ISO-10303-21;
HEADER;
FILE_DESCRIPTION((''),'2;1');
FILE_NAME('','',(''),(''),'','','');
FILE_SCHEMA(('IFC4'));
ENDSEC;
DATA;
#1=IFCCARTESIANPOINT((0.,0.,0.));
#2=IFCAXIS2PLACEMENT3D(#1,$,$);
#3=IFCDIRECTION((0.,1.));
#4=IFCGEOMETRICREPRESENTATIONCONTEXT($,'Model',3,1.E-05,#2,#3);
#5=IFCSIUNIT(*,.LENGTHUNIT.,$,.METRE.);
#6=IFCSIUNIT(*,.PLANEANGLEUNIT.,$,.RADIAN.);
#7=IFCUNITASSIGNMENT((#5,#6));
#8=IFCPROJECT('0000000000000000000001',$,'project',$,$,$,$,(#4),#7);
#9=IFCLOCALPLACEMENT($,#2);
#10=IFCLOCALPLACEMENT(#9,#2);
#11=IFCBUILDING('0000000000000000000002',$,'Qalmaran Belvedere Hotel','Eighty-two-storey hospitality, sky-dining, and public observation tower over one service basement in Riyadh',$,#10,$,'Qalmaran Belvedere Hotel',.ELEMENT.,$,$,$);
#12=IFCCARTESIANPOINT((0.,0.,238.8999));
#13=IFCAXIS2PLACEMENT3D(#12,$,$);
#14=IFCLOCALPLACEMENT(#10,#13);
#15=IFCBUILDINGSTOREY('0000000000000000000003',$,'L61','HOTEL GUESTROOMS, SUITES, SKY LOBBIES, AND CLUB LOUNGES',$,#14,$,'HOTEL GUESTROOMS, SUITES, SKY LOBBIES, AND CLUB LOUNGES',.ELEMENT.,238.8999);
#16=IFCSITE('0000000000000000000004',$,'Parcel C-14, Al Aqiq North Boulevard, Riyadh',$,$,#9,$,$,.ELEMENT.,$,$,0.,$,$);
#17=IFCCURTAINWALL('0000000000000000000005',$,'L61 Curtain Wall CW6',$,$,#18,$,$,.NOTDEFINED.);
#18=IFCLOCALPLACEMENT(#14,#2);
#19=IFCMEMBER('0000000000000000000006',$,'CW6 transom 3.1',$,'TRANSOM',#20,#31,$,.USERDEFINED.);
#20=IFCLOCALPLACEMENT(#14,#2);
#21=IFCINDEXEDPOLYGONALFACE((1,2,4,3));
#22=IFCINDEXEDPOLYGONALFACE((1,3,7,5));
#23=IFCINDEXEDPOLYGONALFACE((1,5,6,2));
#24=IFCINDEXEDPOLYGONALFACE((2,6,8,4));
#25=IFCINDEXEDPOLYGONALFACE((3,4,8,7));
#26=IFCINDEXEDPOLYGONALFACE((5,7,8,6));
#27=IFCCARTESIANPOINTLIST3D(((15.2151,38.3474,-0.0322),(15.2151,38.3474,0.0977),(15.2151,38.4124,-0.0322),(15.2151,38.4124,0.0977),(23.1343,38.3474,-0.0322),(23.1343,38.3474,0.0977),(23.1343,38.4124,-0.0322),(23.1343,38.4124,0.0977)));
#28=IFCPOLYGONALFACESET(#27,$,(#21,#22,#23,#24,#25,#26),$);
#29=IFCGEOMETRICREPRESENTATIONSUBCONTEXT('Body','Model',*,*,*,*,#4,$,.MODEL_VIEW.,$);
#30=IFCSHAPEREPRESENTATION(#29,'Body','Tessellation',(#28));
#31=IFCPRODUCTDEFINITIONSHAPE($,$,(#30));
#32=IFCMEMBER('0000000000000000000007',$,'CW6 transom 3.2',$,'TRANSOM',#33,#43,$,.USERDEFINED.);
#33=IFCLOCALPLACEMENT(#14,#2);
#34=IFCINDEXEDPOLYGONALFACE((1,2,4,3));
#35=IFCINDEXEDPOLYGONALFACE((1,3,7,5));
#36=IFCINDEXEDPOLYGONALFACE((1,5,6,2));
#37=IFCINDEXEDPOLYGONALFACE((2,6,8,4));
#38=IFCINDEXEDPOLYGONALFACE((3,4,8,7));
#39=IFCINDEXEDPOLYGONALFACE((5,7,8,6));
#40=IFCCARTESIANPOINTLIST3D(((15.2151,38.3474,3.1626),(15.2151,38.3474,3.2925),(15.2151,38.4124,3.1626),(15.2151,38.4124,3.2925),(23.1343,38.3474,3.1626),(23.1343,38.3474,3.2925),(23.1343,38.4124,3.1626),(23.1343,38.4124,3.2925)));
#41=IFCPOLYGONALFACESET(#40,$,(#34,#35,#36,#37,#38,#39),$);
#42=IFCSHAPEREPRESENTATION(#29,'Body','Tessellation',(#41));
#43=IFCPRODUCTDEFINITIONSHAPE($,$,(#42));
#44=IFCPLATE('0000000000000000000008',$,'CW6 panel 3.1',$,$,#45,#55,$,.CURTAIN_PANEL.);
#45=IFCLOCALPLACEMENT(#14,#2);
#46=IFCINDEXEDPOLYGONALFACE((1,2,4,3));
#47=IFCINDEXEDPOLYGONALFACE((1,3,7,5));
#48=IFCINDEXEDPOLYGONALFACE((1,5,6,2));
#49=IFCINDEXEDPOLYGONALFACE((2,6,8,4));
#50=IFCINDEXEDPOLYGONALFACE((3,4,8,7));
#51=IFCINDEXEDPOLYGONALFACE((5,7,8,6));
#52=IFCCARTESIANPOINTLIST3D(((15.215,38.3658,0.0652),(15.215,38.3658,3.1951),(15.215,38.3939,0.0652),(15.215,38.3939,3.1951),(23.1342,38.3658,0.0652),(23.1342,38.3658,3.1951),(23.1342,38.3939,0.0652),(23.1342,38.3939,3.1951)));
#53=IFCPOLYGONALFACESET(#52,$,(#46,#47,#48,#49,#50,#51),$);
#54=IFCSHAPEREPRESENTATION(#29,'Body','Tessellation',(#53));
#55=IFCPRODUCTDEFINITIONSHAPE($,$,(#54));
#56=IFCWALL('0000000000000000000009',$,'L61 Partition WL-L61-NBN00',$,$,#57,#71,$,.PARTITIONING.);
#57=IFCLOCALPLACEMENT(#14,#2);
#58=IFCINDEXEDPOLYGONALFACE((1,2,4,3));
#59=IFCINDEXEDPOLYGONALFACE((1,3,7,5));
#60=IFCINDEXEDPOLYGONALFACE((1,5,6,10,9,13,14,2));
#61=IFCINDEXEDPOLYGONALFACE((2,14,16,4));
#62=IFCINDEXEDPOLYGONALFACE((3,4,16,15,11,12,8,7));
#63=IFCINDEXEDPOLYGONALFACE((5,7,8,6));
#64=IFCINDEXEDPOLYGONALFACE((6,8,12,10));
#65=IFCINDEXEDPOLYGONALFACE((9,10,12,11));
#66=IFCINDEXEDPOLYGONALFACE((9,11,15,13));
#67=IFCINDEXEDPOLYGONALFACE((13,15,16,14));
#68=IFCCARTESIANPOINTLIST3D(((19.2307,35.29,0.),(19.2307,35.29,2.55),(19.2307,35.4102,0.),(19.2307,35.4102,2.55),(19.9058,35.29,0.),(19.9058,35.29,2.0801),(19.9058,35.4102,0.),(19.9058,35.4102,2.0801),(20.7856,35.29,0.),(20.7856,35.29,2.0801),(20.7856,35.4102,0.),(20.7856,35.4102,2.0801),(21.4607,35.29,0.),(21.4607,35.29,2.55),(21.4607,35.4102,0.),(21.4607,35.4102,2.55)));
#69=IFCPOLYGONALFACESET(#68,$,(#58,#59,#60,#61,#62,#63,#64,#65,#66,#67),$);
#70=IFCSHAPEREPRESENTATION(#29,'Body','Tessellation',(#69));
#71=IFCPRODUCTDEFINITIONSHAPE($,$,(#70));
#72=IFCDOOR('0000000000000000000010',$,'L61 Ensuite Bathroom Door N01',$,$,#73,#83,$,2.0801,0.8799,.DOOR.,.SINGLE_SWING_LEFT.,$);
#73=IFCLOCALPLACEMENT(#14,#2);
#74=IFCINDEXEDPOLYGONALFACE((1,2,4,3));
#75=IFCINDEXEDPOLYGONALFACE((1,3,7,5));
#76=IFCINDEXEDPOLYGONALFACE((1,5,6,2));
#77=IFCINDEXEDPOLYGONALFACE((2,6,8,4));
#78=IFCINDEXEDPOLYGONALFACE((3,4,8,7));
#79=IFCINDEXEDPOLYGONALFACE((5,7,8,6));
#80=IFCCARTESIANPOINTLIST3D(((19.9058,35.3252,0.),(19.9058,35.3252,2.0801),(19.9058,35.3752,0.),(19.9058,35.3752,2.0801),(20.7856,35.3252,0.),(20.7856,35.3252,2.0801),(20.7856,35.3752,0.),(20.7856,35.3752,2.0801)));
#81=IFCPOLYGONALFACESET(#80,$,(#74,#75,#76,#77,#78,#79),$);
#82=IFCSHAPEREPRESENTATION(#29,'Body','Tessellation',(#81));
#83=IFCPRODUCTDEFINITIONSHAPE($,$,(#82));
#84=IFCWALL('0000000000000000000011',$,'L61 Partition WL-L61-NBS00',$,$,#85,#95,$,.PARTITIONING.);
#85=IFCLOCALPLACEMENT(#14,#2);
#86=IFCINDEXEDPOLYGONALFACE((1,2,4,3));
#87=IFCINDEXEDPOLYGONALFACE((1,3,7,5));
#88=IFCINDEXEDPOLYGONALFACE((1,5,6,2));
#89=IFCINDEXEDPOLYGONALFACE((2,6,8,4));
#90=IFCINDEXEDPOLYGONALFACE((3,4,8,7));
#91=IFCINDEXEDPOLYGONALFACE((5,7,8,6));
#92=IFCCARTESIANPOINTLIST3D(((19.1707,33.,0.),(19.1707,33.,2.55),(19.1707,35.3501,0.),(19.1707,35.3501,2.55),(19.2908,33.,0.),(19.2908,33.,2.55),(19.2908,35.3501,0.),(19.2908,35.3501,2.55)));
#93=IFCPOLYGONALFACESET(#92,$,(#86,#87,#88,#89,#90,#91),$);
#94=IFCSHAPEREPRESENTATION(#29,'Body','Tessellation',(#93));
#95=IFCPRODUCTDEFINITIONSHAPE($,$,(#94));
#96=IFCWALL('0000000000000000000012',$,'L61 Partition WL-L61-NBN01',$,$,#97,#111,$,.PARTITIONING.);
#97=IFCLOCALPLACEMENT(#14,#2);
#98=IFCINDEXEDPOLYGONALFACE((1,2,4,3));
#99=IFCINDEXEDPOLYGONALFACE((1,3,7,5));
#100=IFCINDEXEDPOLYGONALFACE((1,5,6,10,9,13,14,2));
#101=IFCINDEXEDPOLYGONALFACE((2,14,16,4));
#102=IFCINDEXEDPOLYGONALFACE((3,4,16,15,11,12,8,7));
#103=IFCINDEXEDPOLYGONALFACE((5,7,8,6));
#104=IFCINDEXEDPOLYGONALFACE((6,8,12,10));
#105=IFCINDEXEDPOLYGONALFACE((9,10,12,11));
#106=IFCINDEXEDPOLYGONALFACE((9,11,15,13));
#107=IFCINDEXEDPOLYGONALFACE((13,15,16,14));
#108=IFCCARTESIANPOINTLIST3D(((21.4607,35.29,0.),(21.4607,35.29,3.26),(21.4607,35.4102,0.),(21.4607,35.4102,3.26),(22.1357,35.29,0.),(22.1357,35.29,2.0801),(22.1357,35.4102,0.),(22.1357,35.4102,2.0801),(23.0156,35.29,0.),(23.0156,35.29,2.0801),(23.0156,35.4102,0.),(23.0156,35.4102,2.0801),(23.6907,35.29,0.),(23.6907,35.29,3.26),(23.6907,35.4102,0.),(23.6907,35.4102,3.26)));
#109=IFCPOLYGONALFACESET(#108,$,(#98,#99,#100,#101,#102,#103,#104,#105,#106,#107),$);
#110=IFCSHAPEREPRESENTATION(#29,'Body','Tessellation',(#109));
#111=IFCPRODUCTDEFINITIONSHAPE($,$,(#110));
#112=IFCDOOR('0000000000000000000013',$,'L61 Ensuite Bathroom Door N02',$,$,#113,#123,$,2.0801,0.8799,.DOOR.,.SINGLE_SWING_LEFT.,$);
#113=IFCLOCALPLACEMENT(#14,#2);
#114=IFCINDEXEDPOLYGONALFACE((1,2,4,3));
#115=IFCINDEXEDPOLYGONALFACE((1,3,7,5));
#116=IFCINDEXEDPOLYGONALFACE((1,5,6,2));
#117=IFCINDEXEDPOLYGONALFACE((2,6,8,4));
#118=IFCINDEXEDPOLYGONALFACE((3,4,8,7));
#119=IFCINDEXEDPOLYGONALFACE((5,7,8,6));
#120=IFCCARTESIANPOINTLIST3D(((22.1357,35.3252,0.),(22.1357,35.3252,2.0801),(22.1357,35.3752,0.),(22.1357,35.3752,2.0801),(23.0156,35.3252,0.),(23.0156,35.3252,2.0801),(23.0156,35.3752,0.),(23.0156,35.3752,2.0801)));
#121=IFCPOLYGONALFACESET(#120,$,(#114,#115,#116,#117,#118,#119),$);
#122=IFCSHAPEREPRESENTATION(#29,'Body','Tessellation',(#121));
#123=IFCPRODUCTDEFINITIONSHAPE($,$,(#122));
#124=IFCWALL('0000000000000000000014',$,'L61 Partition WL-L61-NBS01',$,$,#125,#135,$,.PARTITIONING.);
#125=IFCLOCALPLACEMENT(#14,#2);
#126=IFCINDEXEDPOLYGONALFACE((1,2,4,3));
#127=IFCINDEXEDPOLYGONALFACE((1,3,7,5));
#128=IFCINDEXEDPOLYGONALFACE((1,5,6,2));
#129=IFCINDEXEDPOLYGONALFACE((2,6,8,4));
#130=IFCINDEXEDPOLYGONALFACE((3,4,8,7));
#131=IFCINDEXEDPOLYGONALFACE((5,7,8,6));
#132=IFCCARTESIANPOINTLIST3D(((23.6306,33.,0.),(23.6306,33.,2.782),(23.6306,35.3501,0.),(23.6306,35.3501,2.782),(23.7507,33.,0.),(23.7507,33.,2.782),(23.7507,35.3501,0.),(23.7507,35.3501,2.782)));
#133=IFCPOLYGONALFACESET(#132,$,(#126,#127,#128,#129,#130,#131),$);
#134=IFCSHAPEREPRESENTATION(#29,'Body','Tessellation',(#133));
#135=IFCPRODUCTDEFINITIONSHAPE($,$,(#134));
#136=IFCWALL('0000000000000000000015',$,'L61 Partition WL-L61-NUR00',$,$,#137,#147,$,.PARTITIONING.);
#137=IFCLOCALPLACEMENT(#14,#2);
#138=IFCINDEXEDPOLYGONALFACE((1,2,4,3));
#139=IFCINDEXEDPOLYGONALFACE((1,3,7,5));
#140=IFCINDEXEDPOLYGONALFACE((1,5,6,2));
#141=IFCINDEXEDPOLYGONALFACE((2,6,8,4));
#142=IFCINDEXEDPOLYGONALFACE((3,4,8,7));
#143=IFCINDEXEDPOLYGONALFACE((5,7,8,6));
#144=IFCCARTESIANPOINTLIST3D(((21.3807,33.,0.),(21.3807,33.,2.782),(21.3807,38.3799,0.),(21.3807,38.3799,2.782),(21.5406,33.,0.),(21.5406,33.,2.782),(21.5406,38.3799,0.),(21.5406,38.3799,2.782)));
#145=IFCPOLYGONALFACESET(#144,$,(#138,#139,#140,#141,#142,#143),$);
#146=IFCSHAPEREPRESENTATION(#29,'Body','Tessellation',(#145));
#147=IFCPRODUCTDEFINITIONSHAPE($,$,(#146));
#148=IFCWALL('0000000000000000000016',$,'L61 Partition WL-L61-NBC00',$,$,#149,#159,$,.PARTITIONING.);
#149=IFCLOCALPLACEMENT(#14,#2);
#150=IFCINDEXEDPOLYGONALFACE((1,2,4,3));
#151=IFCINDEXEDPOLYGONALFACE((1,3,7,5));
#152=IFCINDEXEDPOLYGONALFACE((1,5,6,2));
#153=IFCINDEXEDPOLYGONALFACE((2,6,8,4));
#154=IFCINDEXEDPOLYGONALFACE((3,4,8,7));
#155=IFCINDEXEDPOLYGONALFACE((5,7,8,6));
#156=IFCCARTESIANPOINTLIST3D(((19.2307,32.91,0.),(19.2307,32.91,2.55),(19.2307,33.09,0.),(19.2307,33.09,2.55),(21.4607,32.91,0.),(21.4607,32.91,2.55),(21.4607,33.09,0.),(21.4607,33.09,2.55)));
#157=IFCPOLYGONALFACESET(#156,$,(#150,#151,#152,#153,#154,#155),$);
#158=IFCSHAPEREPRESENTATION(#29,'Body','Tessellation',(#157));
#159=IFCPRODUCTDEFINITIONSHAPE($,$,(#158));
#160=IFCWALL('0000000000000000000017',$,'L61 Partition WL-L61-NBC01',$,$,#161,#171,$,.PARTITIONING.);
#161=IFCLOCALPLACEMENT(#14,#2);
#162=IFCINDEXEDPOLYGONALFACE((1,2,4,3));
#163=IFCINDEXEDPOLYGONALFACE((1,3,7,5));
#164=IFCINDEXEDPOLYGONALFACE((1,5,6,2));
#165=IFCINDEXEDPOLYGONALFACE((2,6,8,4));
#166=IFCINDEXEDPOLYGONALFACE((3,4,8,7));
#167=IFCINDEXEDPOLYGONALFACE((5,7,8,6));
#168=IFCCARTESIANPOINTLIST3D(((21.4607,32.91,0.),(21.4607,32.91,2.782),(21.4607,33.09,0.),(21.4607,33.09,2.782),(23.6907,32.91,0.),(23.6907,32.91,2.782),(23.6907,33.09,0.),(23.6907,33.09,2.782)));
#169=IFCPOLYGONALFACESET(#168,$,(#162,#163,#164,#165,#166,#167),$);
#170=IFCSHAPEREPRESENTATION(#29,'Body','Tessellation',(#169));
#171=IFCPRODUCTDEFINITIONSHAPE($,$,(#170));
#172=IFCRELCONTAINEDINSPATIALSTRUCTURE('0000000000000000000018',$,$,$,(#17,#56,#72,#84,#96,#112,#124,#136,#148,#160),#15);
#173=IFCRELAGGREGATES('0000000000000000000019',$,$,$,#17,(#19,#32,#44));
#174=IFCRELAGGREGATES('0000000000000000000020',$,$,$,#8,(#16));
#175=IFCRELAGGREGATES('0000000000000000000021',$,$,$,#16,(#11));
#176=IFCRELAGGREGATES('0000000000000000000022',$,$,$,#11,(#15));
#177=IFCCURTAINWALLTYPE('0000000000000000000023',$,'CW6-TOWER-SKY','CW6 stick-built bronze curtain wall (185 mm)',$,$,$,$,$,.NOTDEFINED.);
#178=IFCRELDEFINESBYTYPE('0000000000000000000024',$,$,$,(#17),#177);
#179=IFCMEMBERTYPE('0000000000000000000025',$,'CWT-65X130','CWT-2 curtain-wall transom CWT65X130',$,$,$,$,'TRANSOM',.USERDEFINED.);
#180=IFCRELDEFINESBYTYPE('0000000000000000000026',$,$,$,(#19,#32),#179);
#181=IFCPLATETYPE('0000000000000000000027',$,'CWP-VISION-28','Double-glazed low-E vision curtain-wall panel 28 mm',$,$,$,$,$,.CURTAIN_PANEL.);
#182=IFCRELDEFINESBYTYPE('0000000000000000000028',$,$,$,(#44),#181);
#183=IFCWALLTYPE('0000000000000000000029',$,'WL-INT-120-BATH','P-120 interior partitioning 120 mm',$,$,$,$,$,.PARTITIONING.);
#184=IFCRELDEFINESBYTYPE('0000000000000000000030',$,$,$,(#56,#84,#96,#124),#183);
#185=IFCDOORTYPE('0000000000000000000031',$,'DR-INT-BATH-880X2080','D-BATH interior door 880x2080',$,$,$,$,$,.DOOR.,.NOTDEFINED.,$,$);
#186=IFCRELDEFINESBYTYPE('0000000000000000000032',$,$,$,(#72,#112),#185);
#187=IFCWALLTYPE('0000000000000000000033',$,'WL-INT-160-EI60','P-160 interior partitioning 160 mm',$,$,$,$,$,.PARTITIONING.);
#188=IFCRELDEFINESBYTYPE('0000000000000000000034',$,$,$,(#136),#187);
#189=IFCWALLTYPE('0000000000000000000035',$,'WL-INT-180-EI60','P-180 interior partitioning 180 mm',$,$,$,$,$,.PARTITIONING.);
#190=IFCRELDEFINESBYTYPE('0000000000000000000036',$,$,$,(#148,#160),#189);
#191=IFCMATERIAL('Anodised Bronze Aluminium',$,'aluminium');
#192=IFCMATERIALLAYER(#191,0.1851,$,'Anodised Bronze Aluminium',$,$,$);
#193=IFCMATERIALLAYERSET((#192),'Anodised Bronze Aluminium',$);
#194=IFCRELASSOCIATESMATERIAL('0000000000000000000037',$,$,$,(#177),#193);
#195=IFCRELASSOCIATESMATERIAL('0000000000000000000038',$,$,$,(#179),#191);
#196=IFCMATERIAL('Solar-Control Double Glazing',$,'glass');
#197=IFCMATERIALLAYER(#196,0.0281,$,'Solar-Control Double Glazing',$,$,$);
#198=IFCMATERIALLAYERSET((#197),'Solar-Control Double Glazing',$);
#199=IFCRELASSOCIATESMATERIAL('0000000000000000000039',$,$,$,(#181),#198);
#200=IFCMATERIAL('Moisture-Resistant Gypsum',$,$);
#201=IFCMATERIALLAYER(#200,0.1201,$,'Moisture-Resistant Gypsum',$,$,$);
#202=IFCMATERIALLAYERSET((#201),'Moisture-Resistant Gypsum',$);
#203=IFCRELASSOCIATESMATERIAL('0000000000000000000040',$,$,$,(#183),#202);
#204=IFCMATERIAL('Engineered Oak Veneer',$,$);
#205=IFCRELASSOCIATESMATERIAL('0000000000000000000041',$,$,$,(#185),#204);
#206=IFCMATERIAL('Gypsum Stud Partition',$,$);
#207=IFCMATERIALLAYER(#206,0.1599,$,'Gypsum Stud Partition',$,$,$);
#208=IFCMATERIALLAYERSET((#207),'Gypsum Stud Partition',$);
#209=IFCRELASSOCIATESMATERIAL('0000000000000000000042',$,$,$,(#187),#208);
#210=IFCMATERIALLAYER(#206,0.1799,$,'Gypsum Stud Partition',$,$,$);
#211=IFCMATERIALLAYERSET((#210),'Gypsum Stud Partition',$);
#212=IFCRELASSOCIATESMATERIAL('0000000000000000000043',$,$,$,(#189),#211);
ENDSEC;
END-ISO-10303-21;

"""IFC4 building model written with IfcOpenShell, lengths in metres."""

from ifc_helpers import new_model, si_unit, direction, frame, frame_2d, origin, origin_2d, place, context, subcontext, project, spatial, rectangle, extrude, material, layer, layer_set, material_profile, profile_set, type_object, element, fill, aggregate, save


model = new_model("IFC4")

# Units and contexts
model_context = context("Model", 3, precision=1e-05, world=origin(), true_north=direction((0.0, 1.0)))
body_context = subcontext(model_context, "Body", "Model", "MODEL_VIEW")
ifc_project = project(units=[si_unit("LENGTHUNIT", "METRE"), si_unit("PLANEANGLEUNIT", "RADIAN")], contexts=[model_context])

# Site, building, storey
site_placement = place(None, origin())
site = spatial("IfcSite", under=ifc_project, at=site_placement, Name="Parcel C-14, Al Aqiq North Boulevard, Riyadh", CompositionType="ELEMENT", RefElevation=0.0)
building_placement = place(site_placement, origin())
building = spatial("IfcBuilding", under=site, at=building_placement, Name="Qalmaran Belvedere Hotel", Description="Eighty-two-storey hospitality, sky-dining, and public observation tower over one service basement in Riyadh", LongName="Qalmaran Belvedere Hotel", CompositionType="ELEMENT")
storey_placement = place(building_placement, frame((0.0, 0.0, 238.8999)))
storey = spatial("IfcBuildingStorey", under=building, at=storey_placement, Name="L61", Description="HOTEL GUESTROOMS, SUITES, SKY LOBBIES, AND CLUB LOUNGES", LongName="HOTEL GUESTROOMS, SUITES, SKY LOBBIES, AND CLUB LOUNGES", CompositionType="ELEMENT", Elevation=238.8999)

# Curtain wall, members, plate
ifc_material_1 = material(Name="Anodised Bronze Aluminium", Category="aluminium")
ifc_layer_1 = layer(ifc_material_1, 0.1851, Name="Anodised Bronze Aluminium")
ifc_layer_set_1 = layer_set([ifc_layer_1], Name="Anodised Bronze Aluminium")
curtain_wall_type = type_object("IfcCurtainWallType", Name="CW6-TOWER-SKY", Description="CW6 stick-built bronze curtain wall (185 mm)", PredefinedType="NOTDEFINED", material=ifc_layer_set_1)
curtain_wall_placement = place(storey_placement, origin())
curtain_wall = element("IfcCurtainWall", 1, at=curtain_wall_placement, inside=storey, type_object=curtain_wall_type, Name="L61 Curtain Wall CW6", PredefinedType="NOTDEFINED")
ifc_material_profile_1 = material_profile(ifc_material_1, rectangle(XDim=0.0649, YDim=0.1299, at=origin_2d()), Name="CWT65X130")
ifc_profile_set_1 = profile_set([ifc_material_profile_1], Name="Anodised Bronze Aluminium")
member_type_1 = type_object("IfcMemberType", Name="CWT-65X130", Description="CWT-2 curtain-wall transom CWT65X130", ElementType="TRANSOM", PredefinedType="USERDEFINED", material=ifc_profile_set_1)
member_1_placement = place(storey_placement, frame((23.1343, 38.3799, 0.0327), z_axis=(-1.0, 0.0, 0.0), x_axis=(0.0, -1.0, 0.0)))
member_1 = element("IfcMember", 2, at=member_1_placement, type_object=member_type_1, Name="CW6 transom 3.1", ObjectType="TRANSOM", PredefinedType="USERDEFINED", context=body_context, shape_type="SweptSolid", body=[
    extrude(rectangle(XDim=0.0649, YDim=0.1299, at=origin_2d()), origin(), (0.0, 0.0, 1.0), 7.9192),
])
member_2_placement = place(storey_placement, frame((23.1343, 38.3799, 3.2275), z_axis=(-1.0, 0.0, 0.0), x_axis=(0.0, -1.0, 0.0)))
member_2 = element("IfcMember", 3, at=member_2_placement, type_object=member_type_1, Name="CW6 transom 3.2", ObjectType="TRANSOM", PredefinedType="USERDEFINED", context=body_context, shape_type="SweptSolid", body=[
    extrude(rectangle(XDim=0.0649, YDim=0.1299, at=origin_2d()), origin(), (0.0, 0.0, 1.0), 7.9192),
])
ifc_material_2 = material(Name="Solar-Control Double Glazing", Category="glass")
ifc_layer_2 = layer(ifc_material_2, 0.0281, Name="Solar-Control Double Glazing")
ifc_layer_set_2 = layer_set([ifc_layer_2], Name="Solar-Control Double Glazing")
plate_type = type_object("IfcPlateType", Name="CWP-VISION-28", Description="Double-glazed low-E vision curtain-wall panel 28 mm", PredefinedType="CURTAIN_PANEL", material=ifc_layer_set_2)
plate_placement = place(storey_placement, frame((19.1746, 38.3799, 0.0652), z_axis=(0.0, 0.0, 1.0), x_axis=(-1.0, 0.0, 0.0)))
plate = element("IfcPlate", 4, at=plate_placement, type_object=plate_type, Name="CW6 panel 3.1", PredefinedType="CURTAIN_PANEL", context=body_context, shape_type="SweptSolid", body=[
    extrude(rectangle(XDim=7.9192, YDim=0.0281, at=origin_2d()), origin(), (0.0, 0.0, 1.0), 3.1299),
])
aggregate(curtain_wall, [member_1, member_2, plate])

# Wall, opening, door
ifc_material_3 = material(Name="Moisture-Resistant Gypsum")
ifc_layer_3 = layer(ifc_material_3, 0.1201, Name="Moisture-Resistant Gypsum")
ifc_layer_set_3 = layer_set([ifc_layer_3], Name="Moisture-Resistant Gypsum")
wall_type_1 = type_object("IfcWallType", Name="WL-INT-120-BATH", Description="P-120 interior partitioning 120 mm", PredefinedType="PARTITIONING", material=ifc_layer_set_3)
wall_1_placement = place(storey_placement, frame((19.2307, 35.3501, 0.0), z_axis=(0.0, 0.0, 1.0), x_axis=(1.0, 0.0, 0.0)))
wall_1 = element("IfcWall", 5, at=wall_1_placement, inside=storey, type_object=wall_type_1, Name="L61 Partition WL-L61-NBN00", PredefinedType="PARTITIONING", context=body_context, shape_type="SweptSolid", body=[
    extrude(rectangle(XDim=2.23, YDim=0.1201, at=frame_2d((1.115, 0.0))), origin(), (0.0, 0.0, 1.0), 2.55),
])
opening_1_placement = place(wall_1_placement, frame((1.5549, 0.0, 0.0), z_axis=(0.0, 0.0, 1.0), x_axis=(-1.0, 0.0, 0.0)))
opening_1 = element("IfcOpeningElement", 6, at=opening_1_placement, cuts=wall_1, PredefinedType="OPENING", context=body_context, shape_type="SweptSolid", body=[
    extrude(rectangle(XDim=0.8799, YDim=2.0801, at=frame_2d((0.4399, 1.04))), frame((0.0, 0.0701, 0.0), z_axis=(0.0, -1.0, 0.0), x_axis=(1.0, 0.0, 0.0)), (0.0, 0.0, 1.0), 0.1401),
])
ifc_material_4 = material(Name="Engineered Oak Veneer")
door_type_1 = type_object("IfcDoorType", Name="DR-INT-BATH-880X2080", Description="D-BATH interior door 880x2080", OperationType="NOTDEFINED", PredefinedType="DOOR", material=ifc_material_4)
door_1_placement = place(opening_1_placement, origin())
door_1 = element("IfcDoor", 7, at=door_1_placement, inside=storey, type_object=door_type_1, Name="L61 Ensuite Bathroom Door N01", OperationType="SINGLE_SWING_LEFT", OverallHeight=2.0801, OverallWidth=0.8799, PredefinedType="DOOR", context=body_context, shape_type="SweptSolid", body=[
    extrude(rectangle(XDim=0.8799, YDim=2.0801, at=frame_2d((0.4399, 1.04))), frame((0.0, 0.0249, 0.0), z_axis=(0.0, -1.0, 0.0), x_axis=(1.0, 0.0, 0.0)), (0.0, 0.0, 1.0), 0.05),
])
fill(opening_1, door_1)

# Wall
wall_2_placement = place(storey_placement, frame((19.2307, 33.0, 0.0), z_axis=(0.0, 0.0, 1.0), x_axis=(0.0, 1.0, 0.0)))
element("IfcWall", 8, at=wall_2_placement, inside=storey, type_object=wall_type_1, Name="L61 Partition WL-L61-NBS00", PredefinedType="PARTITIONING", context=body_context, shape_type="SweptSolid", body=[
    extrude(rectangle(XDim=2.3501, YDim=0.1201, at=frame_2d((1.175, 0.0))), origin(), (0.0, 0.0, 1.0), 2.55),
])

# Wall, opening, door
wall_3_placement = place(storey_placement, frame((21.4607, 35.3501, 0.0), z_axis=(0.0, 0.0, 1.0), x_axis=(1.0, 0.0, 0.0)))
wall_3 = element("IfcWall", 9, at=wall_3_placement, inside=storey, type_object=wall_type_1, Name="L61 Partition WL-L61-NBN01", PredefinedType="PARTITIONING", context=body_context, shape_type="SweptSolid", body=[
    extrude(rectangle(XDim=2.23, YDim=0.1201, at=frame_2d((1.115, 0.0))), origin(), (0.0, 0.0, 1.0), 3.26),
])
opening_2_placement = place(wall_3_placement, frame((1.5549, 0.0, 0.0), z_axis=(0.0, 0.0, 1.0), x_axis=(-1.0, 0.0, 0.0)))
opening_2 = element("IfcOpeningElement", 10, at=opening_2_placement, cuts=wall_3, PredefinedType="OPENING", context=body_context, shape_type="SweptSolid", body=[
    extrude(rectangle(XDim=0.8799, YDim=2.0801, at=frame_2d((0.4399, 1.04))), frame((0.0, 0.0701, 0.0), z_axis=(0.0, -1.0, 0.0), x_axis=(1.0, 0.0, 0.0)), (0.0, 0.0, 1.0), 0.1401),
])
door_2_placement = place(opening_2_placement, origin())
door_2 = element("IfcDoor", 11, at=door_2_placement, inside=storey, type_object=door_type_1, Name="L61 Ensuite Bathroom Door N02", OperationType="SINGLE_SWING_LEFT", OverallHeight=2.0801, OverallWidth=0.8799, PredefinedType="DOOR", context=body_context, shape_type="SweptSolid", body=[
    extrude(rectangle(XDim=0.8799, YDim=2.0801, at=frame_2d((0.4399, 1.04))), frame((0.0, 0.0249, 0.0), z_axis=(0.0, -1.0, 0.0), x_axis=(1.0, 0.0, 0.0)), (0.0, 0.0, 1.0), 0.05),
])
fill(opening_2, door_2)

# Walls
wall_4_placement = place(storey_placement, frame((23.6907, 33.0, 0.0), z_axis=(0.0, 0.0, 1.0), x_axis=(0.0, 1.0, 0.0)))
element("IfcWall", 12, at=wall_4_placement, inside=storey, type_object=wall_type_1, Name="L61 Partition WL-L61-NBS01", PredefinedType="PARTITIONING", context=body_context, shape_type="SweptSolid", body=[
    extrude(rectangle(XDim=2.3501, YDim=0.1201, at=frame_2d((1.175, 0.0))), origin(), (0.0, 0.0, 1.0), 2.782),
])
ifc_material_5 = material(Name="Gypsum Stud Partition")
ifc_layer_4 = layer(ifc_material_5, 0.1599, Name="Gypsum Stud Partition")
ifc_layer_set_4 = layer_set([ifc_layer_4], Name="Gypsum Stud Partition")
wall_type_2 = type_object("IfcWallType", Name="WL-INT-160-EI60", Description="P-160 interior partitioning 160 mm", PredefinedType="PARTITIONING", material=ifc_layer_set_4)
wall_5_placement = place(storey_placement, frame((21.4607, 33.0, 0.0), z_axis=(0.0, 0.0, 1.0), x_axis=(0.0, 1.0, 0.0)))
element("IfcWall", 13, at=wall_5_placement, inside=storey, type_object=wall_type_2, Name="L61 Partition WL-L61-NUR00", PredefinedType="PARTITIONING", context=body_context, shape_type="SweptSolid", body=[
    extrude(rectangle(XDim=5.3799, YDim=0.1599, at=frame_2d((2.6899, 0.0))), origin(), (0.0, 0.0, 1.0), 2.782),
])
ifc_layer_5 = layer(ifc_material_5, 0.1799, Name="Gypsum Stud Partition")
ifc_layer_set_5 = layer_set([ifc_layer_5], Name="Gypsum Stud Partition")
wall_type_3 = type_object("IfcWallType", Name="WL-INT-180-EI60", Description="P-180 interior partitioning 180 mm", PredefinedType="PARTITIONING", material=ifc_layer_set_5)
wall_6_placement = place(storey_placement, frame((19.2307, 33.0, 0.0), z_axis=(0.0, 0.0, 1.0), x_axis=(1.0, 0.0, 0.0)))
element("IfcWall", 14, at=wall_6_placement, inside=storey, type_object=wall_type_3, Name="L61 Partition WL-L61-NBC00", PredefinedType="PARTITIONING", context=body_context, shape_type="SweptSolid", body=[
    extrude(rectangle(XDim=2.23, YDim=0.1799, at=frame_2d((1.115, 0.0))), origin(), (0.0, 0.0, 1.0), 2.55),
])
wall_7_placement = place(storey_placement, frame((21.4607, 33.0, 0.0), z_axis=(0.0, 0.0, 1.0), x_axis=(1.0, 0.0, 0.0)))
element("IfcWall", 15, at=wall_7_placement, inside=storey, type_object=wall_type_3, Name="L61 Partition WL-L61-NBC01", PredefinedType="PARTITIONING", context=body_context, shape_type="SweptSolid", body=[
    extrude(rectangle(XDim=2.23, YDim=0.1799, at=frame_2d((1.115, 0.0))), origin(), (0.0, 0.0, 1.0), 2.782),
])

save(model, "model.ifc")
